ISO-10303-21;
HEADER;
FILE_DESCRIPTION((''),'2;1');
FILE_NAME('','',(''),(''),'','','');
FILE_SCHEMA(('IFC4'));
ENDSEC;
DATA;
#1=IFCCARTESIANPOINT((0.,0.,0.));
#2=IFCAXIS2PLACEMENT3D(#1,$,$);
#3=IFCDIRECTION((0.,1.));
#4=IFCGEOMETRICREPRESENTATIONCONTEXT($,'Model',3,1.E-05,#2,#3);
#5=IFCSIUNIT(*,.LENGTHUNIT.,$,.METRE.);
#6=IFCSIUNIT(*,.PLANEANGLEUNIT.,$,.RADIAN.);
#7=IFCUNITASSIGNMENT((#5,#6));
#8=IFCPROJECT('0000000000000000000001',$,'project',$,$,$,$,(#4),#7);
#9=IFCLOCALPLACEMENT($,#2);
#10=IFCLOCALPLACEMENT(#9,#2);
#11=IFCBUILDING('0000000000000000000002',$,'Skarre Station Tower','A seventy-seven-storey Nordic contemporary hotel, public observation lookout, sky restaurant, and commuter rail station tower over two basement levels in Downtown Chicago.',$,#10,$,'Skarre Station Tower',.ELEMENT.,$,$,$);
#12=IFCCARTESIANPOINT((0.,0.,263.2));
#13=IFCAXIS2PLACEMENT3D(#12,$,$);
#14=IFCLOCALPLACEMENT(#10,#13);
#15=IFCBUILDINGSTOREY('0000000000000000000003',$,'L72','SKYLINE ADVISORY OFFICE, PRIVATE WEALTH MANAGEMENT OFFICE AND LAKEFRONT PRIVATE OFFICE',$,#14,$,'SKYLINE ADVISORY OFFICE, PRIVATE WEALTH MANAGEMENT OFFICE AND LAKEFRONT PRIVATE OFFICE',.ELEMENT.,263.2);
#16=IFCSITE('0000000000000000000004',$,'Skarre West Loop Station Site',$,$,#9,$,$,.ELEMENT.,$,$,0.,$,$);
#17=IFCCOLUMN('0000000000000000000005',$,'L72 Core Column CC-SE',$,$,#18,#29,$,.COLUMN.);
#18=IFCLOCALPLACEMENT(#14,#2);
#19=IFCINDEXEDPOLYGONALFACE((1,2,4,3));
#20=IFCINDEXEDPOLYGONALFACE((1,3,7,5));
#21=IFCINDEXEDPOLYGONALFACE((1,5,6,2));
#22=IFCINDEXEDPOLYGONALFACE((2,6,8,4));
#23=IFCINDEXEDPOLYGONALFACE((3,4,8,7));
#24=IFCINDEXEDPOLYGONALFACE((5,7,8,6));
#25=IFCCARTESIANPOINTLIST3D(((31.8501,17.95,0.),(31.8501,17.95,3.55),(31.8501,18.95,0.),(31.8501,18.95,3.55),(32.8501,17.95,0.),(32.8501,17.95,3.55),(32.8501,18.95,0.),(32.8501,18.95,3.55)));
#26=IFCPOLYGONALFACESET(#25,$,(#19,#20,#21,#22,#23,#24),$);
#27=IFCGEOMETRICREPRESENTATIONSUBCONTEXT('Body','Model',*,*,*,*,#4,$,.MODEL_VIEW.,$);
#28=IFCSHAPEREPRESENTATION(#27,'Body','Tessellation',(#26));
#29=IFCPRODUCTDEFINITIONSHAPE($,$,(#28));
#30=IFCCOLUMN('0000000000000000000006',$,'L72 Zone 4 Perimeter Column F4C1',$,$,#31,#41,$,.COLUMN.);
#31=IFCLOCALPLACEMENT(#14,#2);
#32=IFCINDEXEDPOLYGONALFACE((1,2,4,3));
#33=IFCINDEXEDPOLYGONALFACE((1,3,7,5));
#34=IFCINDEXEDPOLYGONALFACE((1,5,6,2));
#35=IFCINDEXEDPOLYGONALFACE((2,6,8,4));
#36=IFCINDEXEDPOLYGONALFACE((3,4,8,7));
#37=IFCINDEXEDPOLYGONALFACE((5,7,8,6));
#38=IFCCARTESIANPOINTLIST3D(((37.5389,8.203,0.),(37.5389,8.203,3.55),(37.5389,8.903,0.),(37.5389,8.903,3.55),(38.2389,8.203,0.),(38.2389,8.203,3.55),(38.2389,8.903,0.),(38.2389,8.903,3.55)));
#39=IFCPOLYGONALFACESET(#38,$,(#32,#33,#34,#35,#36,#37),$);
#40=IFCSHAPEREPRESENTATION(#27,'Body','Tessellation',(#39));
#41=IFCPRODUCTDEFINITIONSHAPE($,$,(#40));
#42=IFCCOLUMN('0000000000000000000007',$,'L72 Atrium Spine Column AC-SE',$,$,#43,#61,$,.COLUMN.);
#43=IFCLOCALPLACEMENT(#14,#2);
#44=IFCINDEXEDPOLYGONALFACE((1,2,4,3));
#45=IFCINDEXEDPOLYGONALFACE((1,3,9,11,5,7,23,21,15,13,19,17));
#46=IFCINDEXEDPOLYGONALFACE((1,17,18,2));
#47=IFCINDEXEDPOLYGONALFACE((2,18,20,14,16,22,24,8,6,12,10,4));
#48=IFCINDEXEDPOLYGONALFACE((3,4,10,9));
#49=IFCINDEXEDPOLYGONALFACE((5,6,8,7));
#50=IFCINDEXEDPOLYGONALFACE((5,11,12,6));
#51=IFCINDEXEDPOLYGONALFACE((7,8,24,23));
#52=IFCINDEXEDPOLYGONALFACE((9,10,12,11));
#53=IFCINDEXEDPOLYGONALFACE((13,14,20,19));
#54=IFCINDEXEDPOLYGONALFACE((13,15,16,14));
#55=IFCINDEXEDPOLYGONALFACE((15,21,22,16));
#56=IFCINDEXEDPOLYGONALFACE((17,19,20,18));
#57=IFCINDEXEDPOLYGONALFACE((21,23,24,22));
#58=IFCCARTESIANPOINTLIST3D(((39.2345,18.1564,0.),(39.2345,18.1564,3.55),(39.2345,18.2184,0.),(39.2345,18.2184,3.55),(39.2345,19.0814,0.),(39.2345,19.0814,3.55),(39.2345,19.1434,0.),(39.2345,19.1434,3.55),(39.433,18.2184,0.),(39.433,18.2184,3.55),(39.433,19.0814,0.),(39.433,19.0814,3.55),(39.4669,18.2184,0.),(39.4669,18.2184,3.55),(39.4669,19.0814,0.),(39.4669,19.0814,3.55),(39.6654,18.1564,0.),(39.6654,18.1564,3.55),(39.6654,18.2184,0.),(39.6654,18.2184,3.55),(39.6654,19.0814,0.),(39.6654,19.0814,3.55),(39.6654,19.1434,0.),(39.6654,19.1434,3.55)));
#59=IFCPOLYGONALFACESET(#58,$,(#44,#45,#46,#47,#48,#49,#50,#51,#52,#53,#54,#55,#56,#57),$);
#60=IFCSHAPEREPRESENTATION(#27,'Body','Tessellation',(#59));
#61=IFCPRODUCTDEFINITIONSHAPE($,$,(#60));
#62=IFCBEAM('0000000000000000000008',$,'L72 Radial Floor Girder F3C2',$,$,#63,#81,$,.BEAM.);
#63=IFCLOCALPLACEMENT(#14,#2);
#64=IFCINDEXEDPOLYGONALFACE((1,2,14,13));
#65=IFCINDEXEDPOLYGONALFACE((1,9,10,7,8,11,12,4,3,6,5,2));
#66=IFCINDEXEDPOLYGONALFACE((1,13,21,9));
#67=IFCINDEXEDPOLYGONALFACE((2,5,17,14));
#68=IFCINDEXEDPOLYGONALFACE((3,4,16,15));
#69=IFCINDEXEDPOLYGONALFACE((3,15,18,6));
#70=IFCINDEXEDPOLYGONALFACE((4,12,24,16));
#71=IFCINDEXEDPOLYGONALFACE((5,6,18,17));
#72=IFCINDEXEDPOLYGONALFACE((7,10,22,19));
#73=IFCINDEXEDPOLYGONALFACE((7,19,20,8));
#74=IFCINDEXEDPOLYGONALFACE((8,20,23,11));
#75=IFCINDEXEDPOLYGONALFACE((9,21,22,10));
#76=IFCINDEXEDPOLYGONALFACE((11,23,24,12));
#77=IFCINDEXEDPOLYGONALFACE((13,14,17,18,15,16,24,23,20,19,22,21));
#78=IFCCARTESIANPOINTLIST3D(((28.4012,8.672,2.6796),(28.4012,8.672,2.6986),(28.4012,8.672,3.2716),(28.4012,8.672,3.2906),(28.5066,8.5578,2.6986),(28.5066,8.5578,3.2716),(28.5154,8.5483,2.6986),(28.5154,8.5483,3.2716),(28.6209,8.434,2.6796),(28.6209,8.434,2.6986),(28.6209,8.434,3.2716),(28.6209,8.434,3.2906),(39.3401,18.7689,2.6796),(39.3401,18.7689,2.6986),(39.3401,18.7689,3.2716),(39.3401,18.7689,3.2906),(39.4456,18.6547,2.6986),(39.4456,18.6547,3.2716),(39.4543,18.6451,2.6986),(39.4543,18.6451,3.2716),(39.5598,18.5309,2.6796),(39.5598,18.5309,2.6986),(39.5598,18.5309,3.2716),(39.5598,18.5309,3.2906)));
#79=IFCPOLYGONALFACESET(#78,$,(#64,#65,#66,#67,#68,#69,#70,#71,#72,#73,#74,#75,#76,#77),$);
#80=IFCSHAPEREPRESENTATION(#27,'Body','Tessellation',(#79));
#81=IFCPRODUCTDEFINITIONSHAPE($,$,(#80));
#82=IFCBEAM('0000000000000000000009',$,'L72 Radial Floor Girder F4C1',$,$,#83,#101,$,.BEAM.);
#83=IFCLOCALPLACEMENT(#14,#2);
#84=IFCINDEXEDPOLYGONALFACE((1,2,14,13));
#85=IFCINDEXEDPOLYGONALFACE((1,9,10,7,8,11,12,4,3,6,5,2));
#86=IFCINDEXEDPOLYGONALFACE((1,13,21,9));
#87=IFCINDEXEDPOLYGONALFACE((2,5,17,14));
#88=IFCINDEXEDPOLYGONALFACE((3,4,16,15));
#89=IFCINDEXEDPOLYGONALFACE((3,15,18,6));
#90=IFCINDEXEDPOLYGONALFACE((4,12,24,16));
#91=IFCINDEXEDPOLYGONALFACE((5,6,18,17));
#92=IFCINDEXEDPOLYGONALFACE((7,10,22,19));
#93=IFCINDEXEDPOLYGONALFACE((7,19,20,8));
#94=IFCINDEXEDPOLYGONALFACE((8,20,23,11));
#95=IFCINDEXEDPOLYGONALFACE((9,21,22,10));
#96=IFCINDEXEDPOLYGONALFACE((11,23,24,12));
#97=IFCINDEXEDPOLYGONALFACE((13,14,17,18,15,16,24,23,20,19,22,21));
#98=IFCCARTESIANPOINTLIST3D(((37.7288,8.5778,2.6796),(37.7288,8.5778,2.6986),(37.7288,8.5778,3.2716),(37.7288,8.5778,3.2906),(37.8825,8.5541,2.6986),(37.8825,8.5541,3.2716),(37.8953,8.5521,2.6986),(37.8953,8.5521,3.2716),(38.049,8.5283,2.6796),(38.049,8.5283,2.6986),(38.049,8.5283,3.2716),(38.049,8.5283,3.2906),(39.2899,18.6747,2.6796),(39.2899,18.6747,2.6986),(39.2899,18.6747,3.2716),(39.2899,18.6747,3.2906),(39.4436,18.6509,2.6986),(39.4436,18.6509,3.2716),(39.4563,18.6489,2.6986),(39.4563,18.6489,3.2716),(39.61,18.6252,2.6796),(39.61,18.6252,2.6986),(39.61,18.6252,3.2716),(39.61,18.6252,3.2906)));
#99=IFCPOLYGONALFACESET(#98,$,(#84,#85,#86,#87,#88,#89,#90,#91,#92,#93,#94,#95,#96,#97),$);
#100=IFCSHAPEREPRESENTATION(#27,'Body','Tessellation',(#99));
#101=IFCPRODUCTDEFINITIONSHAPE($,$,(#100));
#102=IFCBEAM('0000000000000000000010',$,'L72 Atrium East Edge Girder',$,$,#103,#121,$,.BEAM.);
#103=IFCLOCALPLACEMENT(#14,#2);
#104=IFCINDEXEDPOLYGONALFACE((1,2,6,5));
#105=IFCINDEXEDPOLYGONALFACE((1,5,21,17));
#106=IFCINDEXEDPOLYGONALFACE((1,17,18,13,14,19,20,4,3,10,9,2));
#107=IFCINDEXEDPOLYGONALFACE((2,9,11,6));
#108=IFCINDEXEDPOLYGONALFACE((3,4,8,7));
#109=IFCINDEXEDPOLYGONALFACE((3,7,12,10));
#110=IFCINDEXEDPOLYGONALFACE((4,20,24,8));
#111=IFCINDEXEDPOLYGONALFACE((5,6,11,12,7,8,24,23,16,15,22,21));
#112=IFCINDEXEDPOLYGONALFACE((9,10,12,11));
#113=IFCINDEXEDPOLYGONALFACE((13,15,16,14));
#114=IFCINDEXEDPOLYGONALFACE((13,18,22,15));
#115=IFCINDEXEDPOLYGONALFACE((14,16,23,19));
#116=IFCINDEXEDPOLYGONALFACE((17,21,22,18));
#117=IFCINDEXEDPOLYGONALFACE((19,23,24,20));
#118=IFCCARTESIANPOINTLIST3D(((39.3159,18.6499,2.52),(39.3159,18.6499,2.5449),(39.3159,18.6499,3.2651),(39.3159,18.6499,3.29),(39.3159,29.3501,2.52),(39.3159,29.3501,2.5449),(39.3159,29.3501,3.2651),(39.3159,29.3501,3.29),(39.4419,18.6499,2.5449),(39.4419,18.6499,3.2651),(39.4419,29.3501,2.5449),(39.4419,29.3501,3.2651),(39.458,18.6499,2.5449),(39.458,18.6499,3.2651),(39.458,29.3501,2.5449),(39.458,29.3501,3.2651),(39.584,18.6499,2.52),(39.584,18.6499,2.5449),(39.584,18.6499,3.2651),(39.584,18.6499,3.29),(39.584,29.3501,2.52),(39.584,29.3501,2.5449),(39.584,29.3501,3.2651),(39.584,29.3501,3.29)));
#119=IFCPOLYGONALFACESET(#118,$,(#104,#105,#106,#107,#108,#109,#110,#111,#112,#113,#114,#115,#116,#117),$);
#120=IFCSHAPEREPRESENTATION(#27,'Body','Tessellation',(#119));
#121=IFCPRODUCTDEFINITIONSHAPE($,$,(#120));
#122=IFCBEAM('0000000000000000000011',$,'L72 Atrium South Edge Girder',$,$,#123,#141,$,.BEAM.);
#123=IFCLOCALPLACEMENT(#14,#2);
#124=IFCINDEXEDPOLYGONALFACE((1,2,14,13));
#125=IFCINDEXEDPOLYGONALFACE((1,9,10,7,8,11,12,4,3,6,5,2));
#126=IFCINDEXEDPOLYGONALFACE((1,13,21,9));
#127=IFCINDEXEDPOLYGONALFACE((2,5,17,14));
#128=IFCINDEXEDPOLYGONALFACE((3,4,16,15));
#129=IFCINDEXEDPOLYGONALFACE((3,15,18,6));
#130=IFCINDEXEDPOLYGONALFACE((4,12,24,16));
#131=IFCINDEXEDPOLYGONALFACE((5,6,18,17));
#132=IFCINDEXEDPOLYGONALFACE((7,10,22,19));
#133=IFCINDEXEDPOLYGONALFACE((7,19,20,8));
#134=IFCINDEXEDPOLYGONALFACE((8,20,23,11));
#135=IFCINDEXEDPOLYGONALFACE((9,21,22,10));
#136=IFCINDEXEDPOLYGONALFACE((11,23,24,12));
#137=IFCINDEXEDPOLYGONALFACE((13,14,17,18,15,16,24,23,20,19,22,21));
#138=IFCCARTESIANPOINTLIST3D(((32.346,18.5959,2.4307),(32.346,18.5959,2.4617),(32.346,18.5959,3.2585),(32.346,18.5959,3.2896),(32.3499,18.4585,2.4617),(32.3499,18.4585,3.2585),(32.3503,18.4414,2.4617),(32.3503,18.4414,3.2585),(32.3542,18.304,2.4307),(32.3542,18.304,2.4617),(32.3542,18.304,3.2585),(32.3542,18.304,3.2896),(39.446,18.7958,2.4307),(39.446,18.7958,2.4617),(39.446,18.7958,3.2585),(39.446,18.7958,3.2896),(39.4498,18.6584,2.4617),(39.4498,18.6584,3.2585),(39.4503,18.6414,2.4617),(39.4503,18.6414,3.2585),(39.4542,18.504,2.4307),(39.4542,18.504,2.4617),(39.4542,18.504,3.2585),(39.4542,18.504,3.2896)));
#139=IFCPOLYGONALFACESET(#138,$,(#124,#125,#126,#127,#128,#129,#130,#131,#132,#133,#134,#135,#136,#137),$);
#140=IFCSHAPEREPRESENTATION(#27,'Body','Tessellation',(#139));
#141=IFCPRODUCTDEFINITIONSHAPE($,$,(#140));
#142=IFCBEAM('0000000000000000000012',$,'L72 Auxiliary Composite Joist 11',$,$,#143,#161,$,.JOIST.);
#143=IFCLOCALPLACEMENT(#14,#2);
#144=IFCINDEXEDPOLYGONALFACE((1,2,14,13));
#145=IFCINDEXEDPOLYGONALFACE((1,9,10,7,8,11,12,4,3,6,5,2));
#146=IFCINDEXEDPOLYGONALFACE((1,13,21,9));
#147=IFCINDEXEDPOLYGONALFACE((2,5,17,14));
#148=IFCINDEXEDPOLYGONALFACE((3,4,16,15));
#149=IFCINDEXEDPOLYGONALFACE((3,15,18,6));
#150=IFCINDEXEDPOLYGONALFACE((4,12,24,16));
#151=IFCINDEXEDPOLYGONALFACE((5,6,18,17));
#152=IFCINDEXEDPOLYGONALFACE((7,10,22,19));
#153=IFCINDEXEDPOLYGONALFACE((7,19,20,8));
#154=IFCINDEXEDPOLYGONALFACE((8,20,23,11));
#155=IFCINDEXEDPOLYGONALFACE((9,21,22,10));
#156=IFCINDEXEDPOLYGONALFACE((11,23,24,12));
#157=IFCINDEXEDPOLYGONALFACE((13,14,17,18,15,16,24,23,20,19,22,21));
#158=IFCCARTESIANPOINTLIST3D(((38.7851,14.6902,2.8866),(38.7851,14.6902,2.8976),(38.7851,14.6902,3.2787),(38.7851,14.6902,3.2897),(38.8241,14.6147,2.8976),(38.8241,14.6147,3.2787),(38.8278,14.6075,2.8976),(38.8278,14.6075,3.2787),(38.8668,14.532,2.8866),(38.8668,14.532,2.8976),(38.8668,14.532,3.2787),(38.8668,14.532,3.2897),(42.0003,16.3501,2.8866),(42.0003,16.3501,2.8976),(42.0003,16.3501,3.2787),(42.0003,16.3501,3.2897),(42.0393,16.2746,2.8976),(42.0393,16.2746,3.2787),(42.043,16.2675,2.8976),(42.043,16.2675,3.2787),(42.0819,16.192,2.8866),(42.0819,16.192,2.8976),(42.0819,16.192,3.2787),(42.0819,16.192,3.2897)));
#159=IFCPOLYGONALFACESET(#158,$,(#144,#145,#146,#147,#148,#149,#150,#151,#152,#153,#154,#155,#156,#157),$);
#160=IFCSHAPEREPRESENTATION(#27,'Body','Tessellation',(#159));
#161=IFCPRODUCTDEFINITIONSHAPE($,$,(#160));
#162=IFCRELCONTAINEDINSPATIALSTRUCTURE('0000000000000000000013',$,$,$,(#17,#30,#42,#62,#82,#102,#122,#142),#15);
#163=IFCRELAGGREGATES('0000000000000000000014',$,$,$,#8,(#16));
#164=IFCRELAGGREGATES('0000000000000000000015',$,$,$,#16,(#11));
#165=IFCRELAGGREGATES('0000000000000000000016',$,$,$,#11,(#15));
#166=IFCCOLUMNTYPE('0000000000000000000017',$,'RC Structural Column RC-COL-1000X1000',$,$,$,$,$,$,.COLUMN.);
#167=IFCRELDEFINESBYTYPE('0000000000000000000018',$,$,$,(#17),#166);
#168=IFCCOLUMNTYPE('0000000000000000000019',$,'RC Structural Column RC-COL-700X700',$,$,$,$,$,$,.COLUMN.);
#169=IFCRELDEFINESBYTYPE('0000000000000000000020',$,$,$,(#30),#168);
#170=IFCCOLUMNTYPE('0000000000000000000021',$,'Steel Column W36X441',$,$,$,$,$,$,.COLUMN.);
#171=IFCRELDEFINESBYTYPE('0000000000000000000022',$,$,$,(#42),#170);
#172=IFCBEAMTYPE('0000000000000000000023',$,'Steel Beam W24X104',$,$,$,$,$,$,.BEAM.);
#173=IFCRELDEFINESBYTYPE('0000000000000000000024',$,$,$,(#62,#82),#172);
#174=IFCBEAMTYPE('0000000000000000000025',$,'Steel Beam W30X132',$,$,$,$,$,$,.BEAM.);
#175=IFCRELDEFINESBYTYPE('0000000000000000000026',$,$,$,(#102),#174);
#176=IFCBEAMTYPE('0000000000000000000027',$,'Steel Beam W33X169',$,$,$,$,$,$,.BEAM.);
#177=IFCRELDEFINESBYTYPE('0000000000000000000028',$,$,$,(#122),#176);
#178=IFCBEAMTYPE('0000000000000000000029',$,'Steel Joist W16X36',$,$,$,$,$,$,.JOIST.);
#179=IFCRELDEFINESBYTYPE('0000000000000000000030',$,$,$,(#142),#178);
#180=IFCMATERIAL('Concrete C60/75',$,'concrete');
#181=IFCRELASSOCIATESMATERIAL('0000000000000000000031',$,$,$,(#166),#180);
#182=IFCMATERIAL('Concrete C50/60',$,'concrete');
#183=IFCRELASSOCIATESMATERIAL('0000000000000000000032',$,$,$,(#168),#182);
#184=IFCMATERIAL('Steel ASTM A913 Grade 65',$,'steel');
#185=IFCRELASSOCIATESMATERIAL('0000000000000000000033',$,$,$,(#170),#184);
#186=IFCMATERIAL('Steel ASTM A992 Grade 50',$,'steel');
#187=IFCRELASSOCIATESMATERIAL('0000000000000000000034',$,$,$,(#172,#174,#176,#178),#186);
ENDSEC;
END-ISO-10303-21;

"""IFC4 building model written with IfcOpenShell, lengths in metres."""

from ifc_helpers import new_model, si_unit, direction, frame, origin, origin_2d, place, context, subcontext, project, spatial, rectangle, i_section, extrude, material, material_profile, profile_set, type_object, element, save


model = new_model("IFC4")

# Units and contexts
model_context = context("Model", 3, precision=1e-05, world=origin(), true_north=direction((0.0, 1.0)))
body_context = subcontext(model_context, "Body", "Model", "MODEL_VIEW")
ifc_project = project(units=[si_unit("LENGTHUNIT", "METRE"), si_unit("PLANEANGLEUNIT", "RADIAN")], contexts=[model_context])

# Site, building, storey
site_placement = place(None, origin())
site = spatial("IfcSite", under=ifc_project, at=site_placement, Name="Skarre West Loop Station Site", CompositionType="ELEMENT", RefElevation=0.0)
building_placement = place(site_placement, origin())
building = spatial("IfcBuilding", under=site, at=building_placement, Name="Skarre Station Tower", Description="A seventy-seven-storey Nordic contemporary hotel, public observation lookout, sky restaurant, and commuter rail station tower over two basement levels in Downtown Chicago.", LongName="Skarre Station Tower", CompositionType="ELEMENT")
storey_placement = place(building_placement, frame((0.0, 0.0, 263.2)))
storey = spatial("IfcBuildingStorey", under=building, at=storey_placement, Name="L72", Description="SKYLINE ADVISORY OFFICE, PRIVATE WEALTH MANAGEMENT OFFICE AND LAKEFRONT PRIVATE OFFICE", LongName="SKYLINE ADVISORY OFFICE, PRIVATE WEALTH MANAGEMENT OFFICE AND LAKEFRONT PRIVATE OFFICE", CompositionType="ELEMENT", Elevation=263.2)

# Columns
ifc_material_1 = material(Name="Concrete C60/75", Category="concrete")
ifc_material_profile_1 = material_profile(ifc_material_1, rectangle(XDim=1.0, YDim=1.0, at=origin_2d()), Name="Concrete C60/75")
ifc_profile_set_1 = profile_set([ifc_material_profile_1], Name="Concrete C60/75")
column_type_1 = type_object("IfcColumnType", Name="RC Structural Column RC-COL-1000X1000", PredefinedType="COLUMN", material=ifc_profile_set_1)
column_1_placement = place(storey_placement, frame((32.3501, 18.45, 0.0), z_axis=(0.0, 0.0, 1.0), x_axis=(1.0, 0.0, 0.0)))
element("IfcColumn", 1, at=column_1_placement, inside=storey, type_object=column_type_1, Name="L72 Core Column CC-SE", PredefinedType="COLUMN", context=body_context, shape_type="SweptSolid", body=[
    extrude(rectangle(XDim=1.0, YDim=1.0, at=origin_2d()), origin(), (0.0, 0.0, 1.0), 3.55),
])
ifc_material_2 = material(Name="Concrete C50/60", Category="concrete")
ifc_material_profile_2 = material_profile(ifc_material_2, rectangle(XDim=0.7, YDim=0.7, at=origin_2d()), Name="Concrete C50/60")
ifc_profile_set_2 = profile_set([ifc_material_profile_2], Name="Concrete C50/60")
column_type_2 = type_object("IfcColumnType", Name="RC Structural Column RC-COL-700X700", PredefinedType="COLUMN", material=ifc_profile_set_2)
column_2_placement = place(storey_placement, frame((37.8889, 8.553, 0.0), z_axis=(0.0, 0.0, 1.0), x_axis=(1.0, 0.0, 0.0)))
element("IfcColumn", 2, at=column_2_placement, inside=storey, type_object=column_type_2, Name="L72 Zone 4 Perimeter Column F4C1", PredefinedType="COLUMN", context=body_context, shape_type="SweptSolid", body=[
    extrude(rectangle(XDim=0.7, YDim=0.7, at=origin_2d()), origin(), (0.0, 0.0, 1.0), 3.55),
])
ifc_material_3 = material(Name="Steel ASTM A913 Grade 65", Category="steel")
ifc_material_profile_3 = material_profile(ifc_material_3, i_section(OverallWidth=0.4309, OverallDepth=0.9871, WebThickness=0.0339, FlangeThickness=0.062, at=origin_2d()), Name="Steel ASTM A913 Grade 65")
ifc_profile_set_3 = profile_set([ifc_material_profile_3], Name="Steel ASTM A913 Grade 65")
column_type_3 = type_object("IfcColumnType", Name="Steel Column W36X441", PredefinedType="COLUMN", material=ifc_profile_set_3)
column_3_placement = place(storey_placement, frame((39.45, 18.6499, 0.0), z_axis=(0.0, 0.0, 1.0), x_axis=(1.0, 0.0, 0.0)))
element("IfcColumn", 3, at=column_3_placement, inside=storey, type_object=column_type_3, Name="L72 Atrium Spine Column AC-SE", PredefinedType="COLUMN", context=body_context, shape_type="SweptSolid", body=[
    extrude(i_section(OverallWidth=0.4309, OverallDepth=0.9871, WebThickness=0.0339, FlangeThickness=0.062, at=origin_2d()), origin(), (0.0, 0.0, 1.0), 3.55),
])

# Beams
ifc_material_4 = material(Name="Steel ASTM A992 Grade 50", Category="steel")
ifc_material_profile_4 = material_profile(ifc_material_4, i_section(OverallWidth=0.324, OverallDepth=0.6111, WebThickness=0.0129, FlangeThickness=0.019, at=origin_2d()), Name="Steel ASTM A992 Grade 50")
ifc_profile_set_4 = profile_set([ifc_material_profile_4], Name="Steel ASTM A992 Grade 50")
beam_type_1 = type_object("IfcBeamType", Name="Steel Beam W24X104", PredefinedType="BEAM", material=ifc_profile_set_4)
beam_1_placement = place(storey_placement, frame((39.45, 18.6499, 2.9851), z_axis=(-0.734823, -0.678259, 0.0), x_axis=(0.678259, -0.734823, 0.0)))
element("IfcBeam", 4, at=beam_1_placement, inside=storey, type_object=beam_type_1, Name="L72 Radial Floor Girder F3C2", PredefinedType="BEAM", context=body_context, shape_type="SweptSolid", body=[
    extrude(i_section(OverallWidth=0.324, OverallDepth=0.6111, WebThickness=0.0129, FlangeThickness=0.019, at=origin_2d()), origin(), (0.0, 0.0, 1.0), 14.8865),
])
beam_2_placement = place(storey_placement, frame((39.45, 18.6499, 2.9851), z_axis=(-0.15279, -0.988259, 0.0), x_axis=(0.988259, -0.15279, 0.0)))
element("IfcBeam", 5, at=beam_2_placement, inside=storey, type_object=beam_type_1, Name="L72 Radial Floor Girder F4C1", PredefinedType="BEAM", context=body_context, shape_type="SweptSolid", body=[
    extrude(i_section(OverallWidth=0.324, OverallDepth=0.6111, WebThickness=0.0129, FlangeThickness=0.019, at=origin_2d()), origin(), (0.0, 0.0, 1.0), 10.2168),
])
ifc_material_profile_5 = material_profile(ifc_material_4, i_section(OverallWidth=0.2681, OverallDepth=0.77, WebThickness=0.0161, FlangeThickness=0.0249, at=origin_2d()), Name="Steel ASTM A992 Grade 50")
ifc_profile_set_5 = profile_set([ifc_material_profile_5], Name="Steel ASTM A992 Grade 50")
beam_type_2 = type_object("IfcBeamType", Name="Steel Beam W30X132", PredefinedType="BEAM", material=ifc_profile_set_5)
beam_3_placement = place(storey_placement, frame((39.45, 18.6499, 2.905), z_axis=(0.0, 1.0, 0.0), x_axis=(-1.0, 0.0, 0.0)))
element("IfcBeam", 6, at=beam_3_placement, inside=storey, type_object=beam_type_2, Name="L72 Atrium East Edge Girder", PredefinedType="BEAM", context=body_context, shape_type="SweptSolid", body=[
    extrude(i_section(OverallWidth=0.2681, OverallDepth=0.77, WebThickness=0.0161, FlangeThickness=0.0249, at=origin_2d()), origin(), (0.0, 0.0, 1.0), 10.7002),
])
ifc_material_profile_6 = material_profile(ifc_material_4, i_section(OverallWidth=0.292, OverallDepth=0.8589, WebThickness=0.0171, FlangeThickness=0.031, at=origin_2d()), Name="Steel ASTM A992 Grade 50")
ifc_profile_set_6 = profile_set([ifc_material_profile_6], Name="Steel ASTM A992 Grade 50")
beam_type_3 = type_object("IfcBeamType", Name="Steel Beam W33X169", PredefinedType="BEAM", material=ifc_profile_set_6)
beam_4_placement = place(storey_placement, frame((32.3501, 18.45, 2.8601), z_axis=(0.999604, 0.028152, 0.0), x_axis=(-0.028152, 0.999604, 0.0)))
element("IfcBeam", 7, at=beam_4_placement, inside=storey, type_object=beam_type_3, Name="L72 Atrium South Edge Girder", PredefinedType="BEAM", context=body_context, shape_type="SweptSolid", body=[
    extrude(i_section(OverallWidth=0.292, OverallDepth=0.8589, WebThickness=0.0171, FlangeThickness=0.031, at=origin_2d()), origin(), (0.0, 0.0, 1.0), 7.1028),
])
ifc_material_profile_7 = material_profile(ifc_material_4, i_section(OverallWidth=0.178, OverallDepth=0.4031, WebThickness=0.0081, FlangeThickness=0.011, at=origin_2d()), Name="Steel ASTM A992 Grade 50")
ifc_profile_set_7 = profile_set([ifc_material_profile_7], Name="Steel ASTM A992 Grade 50")
beam_type_4 = type_object("IfcBeamType", Name="Steel Joist W16X36", PredefinedType="JOIST", material=ifc_profile_set_7)
beam_5_placement = place(storey_placement, frame((38.8259, 14.6111, 3.0881), z_axis=(0.888563, 0.458755, 0.0), x_axis=(-0.458755, 0.888563, 0.0)))
element("IfcBeam", 8, at=beam_5_placement, inside=storey, type_object=beam_type_4, Name="L72 Auxiliary Composite Joist 11", PredefinedType="JOIST", context=body_context, shape_type="SweptSolid", body=[
    extrude(i_section(OverallWidth=0.178, OverallDepth=0.4031, WebThickness=0.0081, FlangeThickness=0.011, at=origin_2d()), origin(), (0.0, 0.0, 1.0), 3.6184),
])

save(model, "model.ifc")
